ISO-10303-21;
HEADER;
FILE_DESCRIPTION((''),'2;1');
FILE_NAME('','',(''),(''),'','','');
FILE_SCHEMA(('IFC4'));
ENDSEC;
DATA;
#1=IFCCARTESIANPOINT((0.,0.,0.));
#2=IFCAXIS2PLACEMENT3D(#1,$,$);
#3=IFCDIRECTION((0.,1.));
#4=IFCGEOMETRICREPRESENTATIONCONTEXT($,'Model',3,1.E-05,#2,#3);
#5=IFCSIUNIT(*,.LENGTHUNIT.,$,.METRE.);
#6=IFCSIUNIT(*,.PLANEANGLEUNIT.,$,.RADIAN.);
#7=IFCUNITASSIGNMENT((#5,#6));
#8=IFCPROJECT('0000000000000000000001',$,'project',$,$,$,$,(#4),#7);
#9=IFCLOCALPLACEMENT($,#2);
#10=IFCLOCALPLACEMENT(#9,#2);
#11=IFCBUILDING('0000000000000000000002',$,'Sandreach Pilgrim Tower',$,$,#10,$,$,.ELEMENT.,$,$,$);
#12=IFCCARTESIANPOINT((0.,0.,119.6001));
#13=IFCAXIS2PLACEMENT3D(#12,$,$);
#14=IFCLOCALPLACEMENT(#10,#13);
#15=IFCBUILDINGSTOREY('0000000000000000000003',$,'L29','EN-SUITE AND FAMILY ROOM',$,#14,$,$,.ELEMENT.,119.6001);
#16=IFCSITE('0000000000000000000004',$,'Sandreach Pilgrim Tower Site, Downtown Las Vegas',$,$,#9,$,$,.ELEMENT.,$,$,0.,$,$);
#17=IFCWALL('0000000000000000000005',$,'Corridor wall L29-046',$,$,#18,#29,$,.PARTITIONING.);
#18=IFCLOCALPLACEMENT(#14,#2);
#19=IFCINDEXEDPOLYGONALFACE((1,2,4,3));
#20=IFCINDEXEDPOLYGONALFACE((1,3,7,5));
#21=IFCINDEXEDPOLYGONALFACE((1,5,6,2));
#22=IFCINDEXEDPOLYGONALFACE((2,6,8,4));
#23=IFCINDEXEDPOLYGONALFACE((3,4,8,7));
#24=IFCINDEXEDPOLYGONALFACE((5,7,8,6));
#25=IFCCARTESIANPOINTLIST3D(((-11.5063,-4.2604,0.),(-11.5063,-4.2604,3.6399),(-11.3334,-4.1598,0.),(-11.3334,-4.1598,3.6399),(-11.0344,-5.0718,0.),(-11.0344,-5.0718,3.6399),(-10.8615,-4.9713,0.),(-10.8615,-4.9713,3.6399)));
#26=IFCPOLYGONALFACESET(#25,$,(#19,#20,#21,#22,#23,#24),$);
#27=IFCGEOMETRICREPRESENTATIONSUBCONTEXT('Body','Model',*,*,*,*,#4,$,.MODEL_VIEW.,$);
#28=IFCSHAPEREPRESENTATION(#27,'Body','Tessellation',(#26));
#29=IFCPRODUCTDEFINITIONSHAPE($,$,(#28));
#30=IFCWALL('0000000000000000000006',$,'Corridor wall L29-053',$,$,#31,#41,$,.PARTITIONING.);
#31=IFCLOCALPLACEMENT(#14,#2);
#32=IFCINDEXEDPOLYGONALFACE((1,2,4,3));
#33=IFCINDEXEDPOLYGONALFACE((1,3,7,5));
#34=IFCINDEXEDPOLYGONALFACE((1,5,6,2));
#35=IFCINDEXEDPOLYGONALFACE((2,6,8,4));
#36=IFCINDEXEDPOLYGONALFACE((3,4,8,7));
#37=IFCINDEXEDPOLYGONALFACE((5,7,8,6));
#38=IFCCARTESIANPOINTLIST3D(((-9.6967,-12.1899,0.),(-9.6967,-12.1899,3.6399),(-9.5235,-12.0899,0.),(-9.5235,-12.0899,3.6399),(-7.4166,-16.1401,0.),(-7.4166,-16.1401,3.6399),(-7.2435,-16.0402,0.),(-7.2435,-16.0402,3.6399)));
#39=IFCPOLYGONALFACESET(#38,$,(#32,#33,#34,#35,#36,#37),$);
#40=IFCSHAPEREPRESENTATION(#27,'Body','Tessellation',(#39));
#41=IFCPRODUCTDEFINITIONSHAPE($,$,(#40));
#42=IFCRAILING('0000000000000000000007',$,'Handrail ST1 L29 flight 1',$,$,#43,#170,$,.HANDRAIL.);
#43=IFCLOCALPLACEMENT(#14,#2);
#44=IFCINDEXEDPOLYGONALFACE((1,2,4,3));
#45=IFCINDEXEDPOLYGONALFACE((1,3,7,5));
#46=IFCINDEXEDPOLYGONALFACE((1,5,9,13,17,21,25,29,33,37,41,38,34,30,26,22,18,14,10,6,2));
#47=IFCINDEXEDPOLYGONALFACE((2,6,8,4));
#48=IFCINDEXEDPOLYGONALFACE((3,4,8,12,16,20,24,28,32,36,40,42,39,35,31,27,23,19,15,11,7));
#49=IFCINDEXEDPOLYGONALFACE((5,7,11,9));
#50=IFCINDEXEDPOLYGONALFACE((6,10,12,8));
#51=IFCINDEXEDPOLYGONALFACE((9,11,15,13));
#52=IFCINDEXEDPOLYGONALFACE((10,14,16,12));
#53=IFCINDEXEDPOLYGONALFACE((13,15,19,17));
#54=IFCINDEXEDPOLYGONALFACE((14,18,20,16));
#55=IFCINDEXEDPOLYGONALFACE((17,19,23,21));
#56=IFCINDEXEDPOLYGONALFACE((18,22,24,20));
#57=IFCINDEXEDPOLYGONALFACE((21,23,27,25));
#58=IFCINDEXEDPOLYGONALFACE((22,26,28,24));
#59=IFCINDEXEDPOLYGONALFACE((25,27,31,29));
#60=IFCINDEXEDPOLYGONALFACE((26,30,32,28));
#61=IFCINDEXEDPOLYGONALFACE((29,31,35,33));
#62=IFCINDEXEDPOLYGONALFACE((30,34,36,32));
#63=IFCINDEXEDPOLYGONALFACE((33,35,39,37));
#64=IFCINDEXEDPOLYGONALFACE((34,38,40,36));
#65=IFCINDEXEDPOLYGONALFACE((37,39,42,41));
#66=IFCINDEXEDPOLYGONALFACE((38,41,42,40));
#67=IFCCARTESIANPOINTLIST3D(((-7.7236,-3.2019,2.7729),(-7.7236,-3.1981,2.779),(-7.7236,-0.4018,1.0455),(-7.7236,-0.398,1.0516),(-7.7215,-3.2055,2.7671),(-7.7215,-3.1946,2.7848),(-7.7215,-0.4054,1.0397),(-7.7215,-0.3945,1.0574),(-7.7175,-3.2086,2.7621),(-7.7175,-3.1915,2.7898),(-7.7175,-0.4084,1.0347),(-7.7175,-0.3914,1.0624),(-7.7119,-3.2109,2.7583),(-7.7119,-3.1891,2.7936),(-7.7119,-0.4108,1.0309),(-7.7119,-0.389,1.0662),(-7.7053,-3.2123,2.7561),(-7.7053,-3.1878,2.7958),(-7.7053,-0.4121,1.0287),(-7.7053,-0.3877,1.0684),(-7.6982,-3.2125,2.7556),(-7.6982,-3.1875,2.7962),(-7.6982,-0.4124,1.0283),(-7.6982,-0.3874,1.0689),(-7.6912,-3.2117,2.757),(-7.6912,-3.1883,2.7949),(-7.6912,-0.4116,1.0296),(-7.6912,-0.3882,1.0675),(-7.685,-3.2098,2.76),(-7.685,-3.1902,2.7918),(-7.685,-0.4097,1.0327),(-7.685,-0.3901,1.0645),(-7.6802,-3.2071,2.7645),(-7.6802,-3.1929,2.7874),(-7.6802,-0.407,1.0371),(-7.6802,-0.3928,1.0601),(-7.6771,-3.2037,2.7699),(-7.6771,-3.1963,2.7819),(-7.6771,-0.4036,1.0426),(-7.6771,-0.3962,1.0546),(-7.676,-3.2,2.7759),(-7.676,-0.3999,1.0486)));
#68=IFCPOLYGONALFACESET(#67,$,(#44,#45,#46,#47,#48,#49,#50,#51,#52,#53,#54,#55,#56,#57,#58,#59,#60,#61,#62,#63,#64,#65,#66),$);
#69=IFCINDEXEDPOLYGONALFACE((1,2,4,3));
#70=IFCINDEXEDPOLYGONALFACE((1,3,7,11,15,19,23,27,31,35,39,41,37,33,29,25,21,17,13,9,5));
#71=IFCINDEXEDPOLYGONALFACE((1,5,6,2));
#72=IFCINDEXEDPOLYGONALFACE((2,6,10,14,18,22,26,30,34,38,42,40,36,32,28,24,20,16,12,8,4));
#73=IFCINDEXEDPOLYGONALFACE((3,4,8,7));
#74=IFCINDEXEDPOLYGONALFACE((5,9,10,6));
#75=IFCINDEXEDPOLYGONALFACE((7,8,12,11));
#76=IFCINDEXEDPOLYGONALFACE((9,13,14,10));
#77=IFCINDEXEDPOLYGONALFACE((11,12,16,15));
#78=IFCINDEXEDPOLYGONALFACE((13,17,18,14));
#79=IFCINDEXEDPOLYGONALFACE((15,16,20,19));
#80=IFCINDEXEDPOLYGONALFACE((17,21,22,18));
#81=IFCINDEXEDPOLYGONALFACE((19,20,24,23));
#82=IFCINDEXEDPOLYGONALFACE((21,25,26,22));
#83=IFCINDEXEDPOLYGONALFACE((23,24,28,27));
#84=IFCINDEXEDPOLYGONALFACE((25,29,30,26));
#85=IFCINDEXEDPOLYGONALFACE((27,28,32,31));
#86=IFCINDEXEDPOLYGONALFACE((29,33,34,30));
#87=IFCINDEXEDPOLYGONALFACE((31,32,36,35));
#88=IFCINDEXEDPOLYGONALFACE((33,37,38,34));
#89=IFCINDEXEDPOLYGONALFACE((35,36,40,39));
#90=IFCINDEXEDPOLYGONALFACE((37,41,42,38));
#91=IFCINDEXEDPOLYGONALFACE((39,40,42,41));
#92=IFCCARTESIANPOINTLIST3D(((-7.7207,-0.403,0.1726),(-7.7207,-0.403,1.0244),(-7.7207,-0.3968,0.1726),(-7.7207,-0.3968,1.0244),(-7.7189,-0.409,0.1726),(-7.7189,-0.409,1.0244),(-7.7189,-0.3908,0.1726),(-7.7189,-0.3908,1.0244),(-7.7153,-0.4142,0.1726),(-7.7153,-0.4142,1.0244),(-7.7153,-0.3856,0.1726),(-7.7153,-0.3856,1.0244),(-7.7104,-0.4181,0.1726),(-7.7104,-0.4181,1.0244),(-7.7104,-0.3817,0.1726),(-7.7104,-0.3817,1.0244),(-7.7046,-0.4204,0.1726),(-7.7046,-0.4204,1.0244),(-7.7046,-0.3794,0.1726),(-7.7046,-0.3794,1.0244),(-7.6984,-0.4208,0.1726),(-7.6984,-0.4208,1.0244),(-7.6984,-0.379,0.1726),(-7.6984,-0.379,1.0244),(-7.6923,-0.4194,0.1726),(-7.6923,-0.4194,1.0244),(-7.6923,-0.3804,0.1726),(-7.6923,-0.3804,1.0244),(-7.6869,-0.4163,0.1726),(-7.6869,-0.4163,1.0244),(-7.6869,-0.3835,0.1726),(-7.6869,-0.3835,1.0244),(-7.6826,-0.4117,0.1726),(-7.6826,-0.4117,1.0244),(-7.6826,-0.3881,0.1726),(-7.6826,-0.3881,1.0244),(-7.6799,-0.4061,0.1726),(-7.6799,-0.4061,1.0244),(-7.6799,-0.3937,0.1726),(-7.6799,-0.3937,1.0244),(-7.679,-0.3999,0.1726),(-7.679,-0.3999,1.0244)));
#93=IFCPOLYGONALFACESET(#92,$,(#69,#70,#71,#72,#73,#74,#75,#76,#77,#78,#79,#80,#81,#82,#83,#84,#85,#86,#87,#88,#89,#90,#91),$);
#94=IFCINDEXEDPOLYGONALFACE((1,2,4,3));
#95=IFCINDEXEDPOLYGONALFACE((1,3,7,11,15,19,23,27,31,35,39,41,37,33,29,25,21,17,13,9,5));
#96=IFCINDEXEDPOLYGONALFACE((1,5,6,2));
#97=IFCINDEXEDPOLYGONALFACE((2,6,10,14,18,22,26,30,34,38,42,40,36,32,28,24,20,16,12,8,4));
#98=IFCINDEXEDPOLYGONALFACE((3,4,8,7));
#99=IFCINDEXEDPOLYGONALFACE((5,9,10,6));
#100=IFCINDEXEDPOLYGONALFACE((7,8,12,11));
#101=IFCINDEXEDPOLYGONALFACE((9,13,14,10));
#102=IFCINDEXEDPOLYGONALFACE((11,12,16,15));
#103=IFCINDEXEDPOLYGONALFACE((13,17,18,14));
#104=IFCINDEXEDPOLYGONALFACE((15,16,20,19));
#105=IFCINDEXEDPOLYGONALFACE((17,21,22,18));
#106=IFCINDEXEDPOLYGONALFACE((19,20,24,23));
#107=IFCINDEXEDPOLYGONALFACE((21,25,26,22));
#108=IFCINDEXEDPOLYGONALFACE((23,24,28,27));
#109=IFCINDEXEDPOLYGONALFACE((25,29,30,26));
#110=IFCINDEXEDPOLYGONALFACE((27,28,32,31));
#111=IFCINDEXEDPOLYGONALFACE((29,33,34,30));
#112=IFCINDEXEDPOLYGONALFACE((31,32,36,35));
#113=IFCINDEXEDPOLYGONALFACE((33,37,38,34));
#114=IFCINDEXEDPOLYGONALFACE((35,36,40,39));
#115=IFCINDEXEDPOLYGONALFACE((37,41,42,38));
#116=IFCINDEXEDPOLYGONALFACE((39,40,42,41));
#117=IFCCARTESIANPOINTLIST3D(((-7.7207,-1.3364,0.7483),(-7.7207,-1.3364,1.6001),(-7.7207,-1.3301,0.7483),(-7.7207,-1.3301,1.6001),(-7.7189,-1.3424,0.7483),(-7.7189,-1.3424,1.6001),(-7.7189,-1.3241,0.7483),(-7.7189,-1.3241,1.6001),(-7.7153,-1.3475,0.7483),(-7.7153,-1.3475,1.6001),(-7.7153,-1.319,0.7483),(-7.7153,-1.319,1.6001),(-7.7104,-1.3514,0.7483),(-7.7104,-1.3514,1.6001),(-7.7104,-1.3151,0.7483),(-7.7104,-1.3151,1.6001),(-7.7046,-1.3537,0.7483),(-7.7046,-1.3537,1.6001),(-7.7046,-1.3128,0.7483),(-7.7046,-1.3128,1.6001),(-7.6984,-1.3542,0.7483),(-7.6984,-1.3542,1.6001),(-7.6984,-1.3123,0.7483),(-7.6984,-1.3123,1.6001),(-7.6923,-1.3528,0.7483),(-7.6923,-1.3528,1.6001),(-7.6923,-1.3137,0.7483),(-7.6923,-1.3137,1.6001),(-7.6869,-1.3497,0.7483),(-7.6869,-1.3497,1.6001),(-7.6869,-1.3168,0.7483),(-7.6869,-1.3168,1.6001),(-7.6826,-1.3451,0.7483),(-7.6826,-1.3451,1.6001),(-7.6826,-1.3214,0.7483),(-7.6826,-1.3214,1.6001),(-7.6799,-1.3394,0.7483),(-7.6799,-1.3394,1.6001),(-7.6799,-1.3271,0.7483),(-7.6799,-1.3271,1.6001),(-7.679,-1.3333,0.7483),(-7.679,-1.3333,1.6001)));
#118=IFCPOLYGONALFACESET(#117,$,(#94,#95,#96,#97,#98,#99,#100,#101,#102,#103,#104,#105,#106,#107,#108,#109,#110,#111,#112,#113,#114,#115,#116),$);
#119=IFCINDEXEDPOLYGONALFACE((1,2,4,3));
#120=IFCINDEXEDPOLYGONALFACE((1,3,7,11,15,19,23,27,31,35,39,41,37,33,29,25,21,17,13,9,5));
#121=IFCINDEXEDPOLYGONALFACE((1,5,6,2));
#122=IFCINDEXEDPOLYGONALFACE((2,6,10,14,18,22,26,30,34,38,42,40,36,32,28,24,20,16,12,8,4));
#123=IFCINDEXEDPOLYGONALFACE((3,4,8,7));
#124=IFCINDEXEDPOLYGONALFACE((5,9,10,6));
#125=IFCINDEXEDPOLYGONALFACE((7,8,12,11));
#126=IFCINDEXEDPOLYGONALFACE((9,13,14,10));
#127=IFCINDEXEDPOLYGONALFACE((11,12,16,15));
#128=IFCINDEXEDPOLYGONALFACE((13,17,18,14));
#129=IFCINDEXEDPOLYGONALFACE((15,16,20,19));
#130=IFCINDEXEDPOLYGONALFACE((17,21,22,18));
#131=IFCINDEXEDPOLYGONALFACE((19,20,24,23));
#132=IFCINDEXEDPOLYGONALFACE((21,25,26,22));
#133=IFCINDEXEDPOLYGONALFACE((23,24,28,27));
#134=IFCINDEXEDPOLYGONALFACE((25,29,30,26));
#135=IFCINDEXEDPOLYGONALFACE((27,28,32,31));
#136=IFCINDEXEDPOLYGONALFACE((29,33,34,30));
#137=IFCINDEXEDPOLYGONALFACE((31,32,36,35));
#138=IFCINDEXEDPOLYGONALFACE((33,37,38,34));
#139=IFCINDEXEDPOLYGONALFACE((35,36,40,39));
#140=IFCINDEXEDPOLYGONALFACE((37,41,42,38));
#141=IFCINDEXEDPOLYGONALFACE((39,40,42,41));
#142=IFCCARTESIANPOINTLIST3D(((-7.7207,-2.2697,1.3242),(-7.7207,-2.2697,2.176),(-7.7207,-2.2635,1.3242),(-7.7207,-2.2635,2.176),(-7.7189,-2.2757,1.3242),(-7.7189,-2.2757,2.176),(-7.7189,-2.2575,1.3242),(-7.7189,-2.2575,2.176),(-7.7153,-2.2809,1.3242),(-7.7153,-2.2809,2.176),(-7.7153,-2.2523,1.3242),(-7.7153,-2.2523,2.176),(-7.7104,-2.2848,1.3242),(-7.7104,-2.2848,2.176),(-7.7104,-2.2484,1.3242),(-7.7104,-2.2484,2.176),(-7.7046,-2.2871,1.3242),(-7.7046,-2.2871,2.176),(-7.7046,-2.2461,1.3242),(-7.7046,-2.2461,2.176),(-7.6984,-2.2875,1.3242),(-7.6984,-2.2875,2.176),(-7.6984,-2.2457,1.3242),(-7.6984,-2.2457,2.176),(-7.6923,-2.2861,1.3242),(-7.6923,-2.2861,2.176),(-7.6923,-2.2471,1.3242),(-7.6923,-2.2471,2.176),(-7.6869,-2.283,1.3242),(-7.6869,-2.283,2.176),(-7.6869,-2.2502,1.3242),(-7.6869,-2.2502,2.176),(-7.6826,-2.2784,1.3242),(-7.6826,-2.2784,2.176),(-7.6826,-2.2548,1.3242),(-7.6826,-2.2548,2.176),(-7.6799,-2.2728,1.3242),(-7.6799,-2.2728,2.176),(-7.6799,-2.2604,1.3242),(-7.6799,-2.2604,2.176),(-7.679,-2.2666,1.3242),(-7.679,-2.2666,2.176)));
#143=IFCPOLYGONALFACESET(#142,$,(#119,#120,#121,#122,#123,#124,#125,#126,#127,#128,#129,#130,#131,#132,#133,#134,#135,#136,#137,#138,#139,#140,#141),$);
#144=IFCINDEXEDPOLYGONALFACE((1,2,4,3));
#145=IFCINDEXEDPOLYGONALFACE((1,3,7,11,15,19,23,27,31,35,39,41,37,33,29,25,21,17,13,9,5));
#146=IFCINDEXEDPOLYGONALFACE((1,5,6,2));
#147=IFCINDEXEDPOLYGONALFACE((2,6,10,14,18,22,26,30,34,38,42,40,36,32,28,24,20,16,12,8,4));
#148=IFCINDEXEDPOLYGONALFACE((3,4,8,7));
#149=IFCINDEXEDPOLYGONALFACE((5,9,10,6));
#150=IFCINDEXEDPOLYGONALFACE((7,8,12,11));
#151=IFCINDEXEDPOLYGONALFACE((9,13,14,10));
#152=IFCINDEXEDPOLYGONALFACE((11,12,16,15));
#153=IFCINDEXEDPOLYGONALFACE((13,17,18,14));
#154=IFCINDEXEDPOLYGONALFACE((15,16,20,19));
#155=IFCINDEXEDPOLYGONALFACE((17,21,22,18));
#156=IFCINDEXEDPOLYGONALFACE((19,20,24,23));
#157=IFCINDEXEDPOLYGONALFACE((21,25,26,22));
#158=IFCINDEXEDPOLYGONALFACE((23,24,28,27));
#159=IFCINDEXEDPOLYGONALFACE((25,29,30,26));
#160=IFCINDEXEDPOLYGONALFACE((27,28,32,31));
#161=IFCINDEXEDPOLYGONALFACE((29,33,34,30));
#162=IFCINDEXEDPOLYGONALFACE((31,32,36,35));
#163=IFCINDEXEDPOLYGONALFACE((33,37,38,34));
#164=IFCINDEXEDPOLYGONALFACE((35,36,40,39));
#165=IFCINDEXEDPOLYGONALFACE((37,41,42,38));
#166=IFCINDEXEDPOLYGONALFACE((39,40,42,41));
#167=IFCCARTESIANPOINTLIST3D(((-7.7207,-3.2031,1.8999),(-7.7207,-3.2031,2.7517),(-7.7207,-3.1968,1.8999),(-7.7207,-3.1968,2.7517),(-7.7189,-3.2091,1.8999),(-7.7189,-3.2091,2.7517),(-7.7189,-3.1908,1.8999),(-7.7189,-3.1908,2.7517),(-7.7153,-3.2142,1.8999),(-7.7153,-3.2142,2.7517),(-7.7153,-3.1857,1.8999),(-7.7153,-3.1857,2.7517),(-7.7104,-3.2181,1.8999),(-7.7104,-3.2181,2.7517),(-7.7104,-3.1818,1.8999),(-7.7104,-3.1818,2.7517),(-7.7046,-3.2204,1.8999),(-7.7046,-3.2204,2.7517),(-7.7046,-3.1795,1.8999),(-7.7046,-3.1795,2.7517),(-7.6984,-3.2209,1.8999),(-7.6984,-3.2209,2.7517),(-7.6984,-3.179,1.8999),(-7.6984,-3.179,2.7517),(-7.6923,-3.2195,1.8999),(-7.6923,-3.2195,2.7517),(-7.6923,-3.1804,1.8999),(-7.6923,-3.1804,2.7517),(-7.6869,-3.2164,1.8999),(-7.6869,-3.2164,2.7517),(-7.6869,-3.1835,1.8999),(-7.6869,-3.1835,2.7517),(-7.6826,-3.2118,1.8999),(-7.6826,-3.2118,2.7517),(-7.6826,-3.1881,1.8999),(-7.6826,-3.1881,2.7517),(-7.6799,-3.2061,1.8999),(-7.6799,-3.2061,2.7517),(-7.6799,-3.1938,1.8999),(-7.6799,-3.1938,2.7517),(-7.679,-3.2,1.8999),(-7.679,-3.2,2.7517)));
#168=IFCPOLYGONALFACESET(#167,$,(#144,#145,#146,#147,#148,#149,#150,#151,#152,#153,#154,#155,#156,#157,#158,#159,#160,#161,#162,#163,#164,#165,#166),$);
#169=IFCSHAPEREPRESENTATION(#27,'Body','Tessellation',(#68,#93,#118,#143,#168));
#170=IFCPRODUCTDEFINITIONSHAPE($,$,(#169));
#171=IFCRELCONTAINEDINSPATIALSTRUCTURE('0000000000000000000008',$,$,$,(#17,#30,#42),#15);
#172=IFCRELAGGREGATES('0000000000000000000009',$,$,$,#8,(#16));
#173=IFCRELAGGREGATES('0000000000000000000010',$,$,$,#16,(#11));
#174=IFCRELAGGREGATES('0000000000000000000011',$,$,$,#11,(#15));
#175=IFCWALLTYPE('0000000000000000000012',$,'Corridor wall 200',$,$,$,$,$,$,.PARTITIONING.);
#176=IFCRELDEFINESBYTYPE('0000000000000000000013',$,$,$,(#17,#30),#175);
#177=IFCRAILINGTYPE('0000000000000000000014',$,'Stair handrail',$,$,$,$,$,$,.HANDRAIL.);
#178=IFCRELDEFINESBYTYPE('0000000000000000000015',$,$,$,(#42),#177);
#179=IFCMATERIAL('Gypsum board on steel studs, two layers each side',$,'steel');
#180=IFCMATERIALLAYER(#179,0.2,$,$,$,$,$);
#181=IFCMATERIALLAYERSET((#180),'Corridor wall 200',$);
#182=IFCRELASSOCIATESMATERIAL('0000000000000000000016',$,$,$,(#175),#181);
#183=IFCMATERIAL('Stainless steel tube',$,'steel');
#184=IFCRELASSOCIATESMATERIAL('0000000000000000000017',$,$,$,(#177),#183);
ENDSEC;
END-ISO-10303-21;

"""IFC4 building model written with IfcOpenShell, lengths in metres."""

from ifc_helpers import new_model, si_unit, direction, frame, frame_2d, origin, origin_2d, place, context, subcontext, project, spatial, rectangle, circle, extrude, material, layer, layer_set, type_object, element, save


model = new_model("IFC4")

# Units and contexts
model_context = context("Model", 3, precision=1e-05, world=origin(), true_north=direction((0.0, 1.0)))
body_context = subcontext(model_context, "Body", "Model", "MODEL_VIEW")
ifc_project = project(units=[si_unit("LENGTHUNIT", "METRE"), si_unit("PLANEANGLEUNIT", "RADIAN")], contexts=[model_context])

# Site, building, storey
site_placement = place(None, origin())
site = spatial("IfcSite", under=ifc_project, at=site_placement, Name="Sandreach Pilgrim Tower Site, Downtown Las Vegas", CompositionType="ELEMENT", RefElevation=0.0)
building_placement = place(site_placement, origin())
building = spatial("IfcBuilding", under=site, at=building_placement, Name="Sandreach Pilgrim Tower", CompositionType="ELEMENT")
storey_placement = place(building_placement, frame((0.0, 0.0, 119.6001)))
storey = spatial("IfcBuildingStorey", under=building, at=storey_placement, Name="L29", Description="EN-SUITE AND FAMILY ROOM", CompositionType="ELEMENT", Elevation=119.6001)

# Shared definitions
ifc_material_1 = material(Name="Gypsum board on steel studs, two layers each side", Category="steel")
ifc_layer_1 = layer(ifc_material_1, 0.2)
ifc_layer_set_1 = layer_set([ifc_layer_1], Name="Corridor wall 200")
wall_type_1 = type_object("IfcWallType", Name="Corridor wall 200", PredefinedType="PARTITIONING", material=ifc_layer_set_1)

# Walls
wall_1_placement = place(storey_placement, frame((-10.948, -5.0215, 0.0), z_axis=(0.0, 0.0, 1.0), x_axis=(-0.502706, 0.864457, 0.0)))
element("IfcWall", 1, at=wall_1_placement, inside=storey, type_object=wall_type_1, Name="Corridor wall L29-046", PredefinedType="PARTITIONING", context=body_context, shape_type="SweptSolid", body=[
    extrude(rectangle(XDim=0.9387, YDim=0.2, at=frame_2d((0.4692, 0.0))), origin(), (0.0, 0.0, 1.0), 3.6399),
])
wall_2_placement = place(storey_placement, frame((-9.6101, -12.1399, 0.0), z_axis=(0.0, 0.0, 1.0), x_axis=(0.499899, -0.866084, 0.0)))
element("IfcWall", 2, at=wall_2_placement, inside=storey, type_object=wall_type_1, Name="Corridor wall L29-053", PredefinedType="PARTITIONING", context=body_context, shape_type="SweptSolid", body=[
    extrude(rectangle(XDim=4.561, YDim=0.2, at=frame_2d((2.2805, 0.0))), origin(), (0.0, 0.0, 1.0), 3.6399),
])

# Railing
ifc_material_2 = material(Name="Stainless steel tube", Category="steel")
railing_type = type_object("IfcRailingType", Name="Stair handrail", PredefinedType="HANDRAIL", material=ifc_material_2)
railing_placement = place(storey_placement, frame((-7.7, -0.3999, 0.1726)))
element("IfcRailing", 3, at=railing_placement, inside=storey, type_object=railing_type, Name="Handrail ST1 L29 flight 1", PredefinedType="HANDRAIL", context=body_context, shape_type="SweptSolid", body=[
    extrude(circle(Radius=0.0239, at=origin_2d()), frame((0.0, 0.0, 0.876), z_axis=(0.0, -0.85109, 0.52502), x_axis=(1.0, 0.0, 0.0)), (0.0, 0.0, 1.0), 3.29),
    extrude(circle(Radius=0.021, at=origin_2d()), origin(), (0.0, 0.0, 1.0), 0.8518),
    extrude(circle(Radius=0.021, at=origin_2d()), frame((0.0, -0.9333, 0.5757)), (0.0, 0.0, 1.0), 0.8518),
    extrude(circle(Radius=0.021, at=origin_2d()), frame((0.0, -1.8667, 1.1516)), (0.0, 0.0, 1.0), 0.8518),
    extrude(circle(Radius=0.021, at=origin_2d()), frame((0.0, -2.8, 1.7273)), (0.0, 0.0, 1.0), 0.8518),
])

save(model, "model.ifc")
